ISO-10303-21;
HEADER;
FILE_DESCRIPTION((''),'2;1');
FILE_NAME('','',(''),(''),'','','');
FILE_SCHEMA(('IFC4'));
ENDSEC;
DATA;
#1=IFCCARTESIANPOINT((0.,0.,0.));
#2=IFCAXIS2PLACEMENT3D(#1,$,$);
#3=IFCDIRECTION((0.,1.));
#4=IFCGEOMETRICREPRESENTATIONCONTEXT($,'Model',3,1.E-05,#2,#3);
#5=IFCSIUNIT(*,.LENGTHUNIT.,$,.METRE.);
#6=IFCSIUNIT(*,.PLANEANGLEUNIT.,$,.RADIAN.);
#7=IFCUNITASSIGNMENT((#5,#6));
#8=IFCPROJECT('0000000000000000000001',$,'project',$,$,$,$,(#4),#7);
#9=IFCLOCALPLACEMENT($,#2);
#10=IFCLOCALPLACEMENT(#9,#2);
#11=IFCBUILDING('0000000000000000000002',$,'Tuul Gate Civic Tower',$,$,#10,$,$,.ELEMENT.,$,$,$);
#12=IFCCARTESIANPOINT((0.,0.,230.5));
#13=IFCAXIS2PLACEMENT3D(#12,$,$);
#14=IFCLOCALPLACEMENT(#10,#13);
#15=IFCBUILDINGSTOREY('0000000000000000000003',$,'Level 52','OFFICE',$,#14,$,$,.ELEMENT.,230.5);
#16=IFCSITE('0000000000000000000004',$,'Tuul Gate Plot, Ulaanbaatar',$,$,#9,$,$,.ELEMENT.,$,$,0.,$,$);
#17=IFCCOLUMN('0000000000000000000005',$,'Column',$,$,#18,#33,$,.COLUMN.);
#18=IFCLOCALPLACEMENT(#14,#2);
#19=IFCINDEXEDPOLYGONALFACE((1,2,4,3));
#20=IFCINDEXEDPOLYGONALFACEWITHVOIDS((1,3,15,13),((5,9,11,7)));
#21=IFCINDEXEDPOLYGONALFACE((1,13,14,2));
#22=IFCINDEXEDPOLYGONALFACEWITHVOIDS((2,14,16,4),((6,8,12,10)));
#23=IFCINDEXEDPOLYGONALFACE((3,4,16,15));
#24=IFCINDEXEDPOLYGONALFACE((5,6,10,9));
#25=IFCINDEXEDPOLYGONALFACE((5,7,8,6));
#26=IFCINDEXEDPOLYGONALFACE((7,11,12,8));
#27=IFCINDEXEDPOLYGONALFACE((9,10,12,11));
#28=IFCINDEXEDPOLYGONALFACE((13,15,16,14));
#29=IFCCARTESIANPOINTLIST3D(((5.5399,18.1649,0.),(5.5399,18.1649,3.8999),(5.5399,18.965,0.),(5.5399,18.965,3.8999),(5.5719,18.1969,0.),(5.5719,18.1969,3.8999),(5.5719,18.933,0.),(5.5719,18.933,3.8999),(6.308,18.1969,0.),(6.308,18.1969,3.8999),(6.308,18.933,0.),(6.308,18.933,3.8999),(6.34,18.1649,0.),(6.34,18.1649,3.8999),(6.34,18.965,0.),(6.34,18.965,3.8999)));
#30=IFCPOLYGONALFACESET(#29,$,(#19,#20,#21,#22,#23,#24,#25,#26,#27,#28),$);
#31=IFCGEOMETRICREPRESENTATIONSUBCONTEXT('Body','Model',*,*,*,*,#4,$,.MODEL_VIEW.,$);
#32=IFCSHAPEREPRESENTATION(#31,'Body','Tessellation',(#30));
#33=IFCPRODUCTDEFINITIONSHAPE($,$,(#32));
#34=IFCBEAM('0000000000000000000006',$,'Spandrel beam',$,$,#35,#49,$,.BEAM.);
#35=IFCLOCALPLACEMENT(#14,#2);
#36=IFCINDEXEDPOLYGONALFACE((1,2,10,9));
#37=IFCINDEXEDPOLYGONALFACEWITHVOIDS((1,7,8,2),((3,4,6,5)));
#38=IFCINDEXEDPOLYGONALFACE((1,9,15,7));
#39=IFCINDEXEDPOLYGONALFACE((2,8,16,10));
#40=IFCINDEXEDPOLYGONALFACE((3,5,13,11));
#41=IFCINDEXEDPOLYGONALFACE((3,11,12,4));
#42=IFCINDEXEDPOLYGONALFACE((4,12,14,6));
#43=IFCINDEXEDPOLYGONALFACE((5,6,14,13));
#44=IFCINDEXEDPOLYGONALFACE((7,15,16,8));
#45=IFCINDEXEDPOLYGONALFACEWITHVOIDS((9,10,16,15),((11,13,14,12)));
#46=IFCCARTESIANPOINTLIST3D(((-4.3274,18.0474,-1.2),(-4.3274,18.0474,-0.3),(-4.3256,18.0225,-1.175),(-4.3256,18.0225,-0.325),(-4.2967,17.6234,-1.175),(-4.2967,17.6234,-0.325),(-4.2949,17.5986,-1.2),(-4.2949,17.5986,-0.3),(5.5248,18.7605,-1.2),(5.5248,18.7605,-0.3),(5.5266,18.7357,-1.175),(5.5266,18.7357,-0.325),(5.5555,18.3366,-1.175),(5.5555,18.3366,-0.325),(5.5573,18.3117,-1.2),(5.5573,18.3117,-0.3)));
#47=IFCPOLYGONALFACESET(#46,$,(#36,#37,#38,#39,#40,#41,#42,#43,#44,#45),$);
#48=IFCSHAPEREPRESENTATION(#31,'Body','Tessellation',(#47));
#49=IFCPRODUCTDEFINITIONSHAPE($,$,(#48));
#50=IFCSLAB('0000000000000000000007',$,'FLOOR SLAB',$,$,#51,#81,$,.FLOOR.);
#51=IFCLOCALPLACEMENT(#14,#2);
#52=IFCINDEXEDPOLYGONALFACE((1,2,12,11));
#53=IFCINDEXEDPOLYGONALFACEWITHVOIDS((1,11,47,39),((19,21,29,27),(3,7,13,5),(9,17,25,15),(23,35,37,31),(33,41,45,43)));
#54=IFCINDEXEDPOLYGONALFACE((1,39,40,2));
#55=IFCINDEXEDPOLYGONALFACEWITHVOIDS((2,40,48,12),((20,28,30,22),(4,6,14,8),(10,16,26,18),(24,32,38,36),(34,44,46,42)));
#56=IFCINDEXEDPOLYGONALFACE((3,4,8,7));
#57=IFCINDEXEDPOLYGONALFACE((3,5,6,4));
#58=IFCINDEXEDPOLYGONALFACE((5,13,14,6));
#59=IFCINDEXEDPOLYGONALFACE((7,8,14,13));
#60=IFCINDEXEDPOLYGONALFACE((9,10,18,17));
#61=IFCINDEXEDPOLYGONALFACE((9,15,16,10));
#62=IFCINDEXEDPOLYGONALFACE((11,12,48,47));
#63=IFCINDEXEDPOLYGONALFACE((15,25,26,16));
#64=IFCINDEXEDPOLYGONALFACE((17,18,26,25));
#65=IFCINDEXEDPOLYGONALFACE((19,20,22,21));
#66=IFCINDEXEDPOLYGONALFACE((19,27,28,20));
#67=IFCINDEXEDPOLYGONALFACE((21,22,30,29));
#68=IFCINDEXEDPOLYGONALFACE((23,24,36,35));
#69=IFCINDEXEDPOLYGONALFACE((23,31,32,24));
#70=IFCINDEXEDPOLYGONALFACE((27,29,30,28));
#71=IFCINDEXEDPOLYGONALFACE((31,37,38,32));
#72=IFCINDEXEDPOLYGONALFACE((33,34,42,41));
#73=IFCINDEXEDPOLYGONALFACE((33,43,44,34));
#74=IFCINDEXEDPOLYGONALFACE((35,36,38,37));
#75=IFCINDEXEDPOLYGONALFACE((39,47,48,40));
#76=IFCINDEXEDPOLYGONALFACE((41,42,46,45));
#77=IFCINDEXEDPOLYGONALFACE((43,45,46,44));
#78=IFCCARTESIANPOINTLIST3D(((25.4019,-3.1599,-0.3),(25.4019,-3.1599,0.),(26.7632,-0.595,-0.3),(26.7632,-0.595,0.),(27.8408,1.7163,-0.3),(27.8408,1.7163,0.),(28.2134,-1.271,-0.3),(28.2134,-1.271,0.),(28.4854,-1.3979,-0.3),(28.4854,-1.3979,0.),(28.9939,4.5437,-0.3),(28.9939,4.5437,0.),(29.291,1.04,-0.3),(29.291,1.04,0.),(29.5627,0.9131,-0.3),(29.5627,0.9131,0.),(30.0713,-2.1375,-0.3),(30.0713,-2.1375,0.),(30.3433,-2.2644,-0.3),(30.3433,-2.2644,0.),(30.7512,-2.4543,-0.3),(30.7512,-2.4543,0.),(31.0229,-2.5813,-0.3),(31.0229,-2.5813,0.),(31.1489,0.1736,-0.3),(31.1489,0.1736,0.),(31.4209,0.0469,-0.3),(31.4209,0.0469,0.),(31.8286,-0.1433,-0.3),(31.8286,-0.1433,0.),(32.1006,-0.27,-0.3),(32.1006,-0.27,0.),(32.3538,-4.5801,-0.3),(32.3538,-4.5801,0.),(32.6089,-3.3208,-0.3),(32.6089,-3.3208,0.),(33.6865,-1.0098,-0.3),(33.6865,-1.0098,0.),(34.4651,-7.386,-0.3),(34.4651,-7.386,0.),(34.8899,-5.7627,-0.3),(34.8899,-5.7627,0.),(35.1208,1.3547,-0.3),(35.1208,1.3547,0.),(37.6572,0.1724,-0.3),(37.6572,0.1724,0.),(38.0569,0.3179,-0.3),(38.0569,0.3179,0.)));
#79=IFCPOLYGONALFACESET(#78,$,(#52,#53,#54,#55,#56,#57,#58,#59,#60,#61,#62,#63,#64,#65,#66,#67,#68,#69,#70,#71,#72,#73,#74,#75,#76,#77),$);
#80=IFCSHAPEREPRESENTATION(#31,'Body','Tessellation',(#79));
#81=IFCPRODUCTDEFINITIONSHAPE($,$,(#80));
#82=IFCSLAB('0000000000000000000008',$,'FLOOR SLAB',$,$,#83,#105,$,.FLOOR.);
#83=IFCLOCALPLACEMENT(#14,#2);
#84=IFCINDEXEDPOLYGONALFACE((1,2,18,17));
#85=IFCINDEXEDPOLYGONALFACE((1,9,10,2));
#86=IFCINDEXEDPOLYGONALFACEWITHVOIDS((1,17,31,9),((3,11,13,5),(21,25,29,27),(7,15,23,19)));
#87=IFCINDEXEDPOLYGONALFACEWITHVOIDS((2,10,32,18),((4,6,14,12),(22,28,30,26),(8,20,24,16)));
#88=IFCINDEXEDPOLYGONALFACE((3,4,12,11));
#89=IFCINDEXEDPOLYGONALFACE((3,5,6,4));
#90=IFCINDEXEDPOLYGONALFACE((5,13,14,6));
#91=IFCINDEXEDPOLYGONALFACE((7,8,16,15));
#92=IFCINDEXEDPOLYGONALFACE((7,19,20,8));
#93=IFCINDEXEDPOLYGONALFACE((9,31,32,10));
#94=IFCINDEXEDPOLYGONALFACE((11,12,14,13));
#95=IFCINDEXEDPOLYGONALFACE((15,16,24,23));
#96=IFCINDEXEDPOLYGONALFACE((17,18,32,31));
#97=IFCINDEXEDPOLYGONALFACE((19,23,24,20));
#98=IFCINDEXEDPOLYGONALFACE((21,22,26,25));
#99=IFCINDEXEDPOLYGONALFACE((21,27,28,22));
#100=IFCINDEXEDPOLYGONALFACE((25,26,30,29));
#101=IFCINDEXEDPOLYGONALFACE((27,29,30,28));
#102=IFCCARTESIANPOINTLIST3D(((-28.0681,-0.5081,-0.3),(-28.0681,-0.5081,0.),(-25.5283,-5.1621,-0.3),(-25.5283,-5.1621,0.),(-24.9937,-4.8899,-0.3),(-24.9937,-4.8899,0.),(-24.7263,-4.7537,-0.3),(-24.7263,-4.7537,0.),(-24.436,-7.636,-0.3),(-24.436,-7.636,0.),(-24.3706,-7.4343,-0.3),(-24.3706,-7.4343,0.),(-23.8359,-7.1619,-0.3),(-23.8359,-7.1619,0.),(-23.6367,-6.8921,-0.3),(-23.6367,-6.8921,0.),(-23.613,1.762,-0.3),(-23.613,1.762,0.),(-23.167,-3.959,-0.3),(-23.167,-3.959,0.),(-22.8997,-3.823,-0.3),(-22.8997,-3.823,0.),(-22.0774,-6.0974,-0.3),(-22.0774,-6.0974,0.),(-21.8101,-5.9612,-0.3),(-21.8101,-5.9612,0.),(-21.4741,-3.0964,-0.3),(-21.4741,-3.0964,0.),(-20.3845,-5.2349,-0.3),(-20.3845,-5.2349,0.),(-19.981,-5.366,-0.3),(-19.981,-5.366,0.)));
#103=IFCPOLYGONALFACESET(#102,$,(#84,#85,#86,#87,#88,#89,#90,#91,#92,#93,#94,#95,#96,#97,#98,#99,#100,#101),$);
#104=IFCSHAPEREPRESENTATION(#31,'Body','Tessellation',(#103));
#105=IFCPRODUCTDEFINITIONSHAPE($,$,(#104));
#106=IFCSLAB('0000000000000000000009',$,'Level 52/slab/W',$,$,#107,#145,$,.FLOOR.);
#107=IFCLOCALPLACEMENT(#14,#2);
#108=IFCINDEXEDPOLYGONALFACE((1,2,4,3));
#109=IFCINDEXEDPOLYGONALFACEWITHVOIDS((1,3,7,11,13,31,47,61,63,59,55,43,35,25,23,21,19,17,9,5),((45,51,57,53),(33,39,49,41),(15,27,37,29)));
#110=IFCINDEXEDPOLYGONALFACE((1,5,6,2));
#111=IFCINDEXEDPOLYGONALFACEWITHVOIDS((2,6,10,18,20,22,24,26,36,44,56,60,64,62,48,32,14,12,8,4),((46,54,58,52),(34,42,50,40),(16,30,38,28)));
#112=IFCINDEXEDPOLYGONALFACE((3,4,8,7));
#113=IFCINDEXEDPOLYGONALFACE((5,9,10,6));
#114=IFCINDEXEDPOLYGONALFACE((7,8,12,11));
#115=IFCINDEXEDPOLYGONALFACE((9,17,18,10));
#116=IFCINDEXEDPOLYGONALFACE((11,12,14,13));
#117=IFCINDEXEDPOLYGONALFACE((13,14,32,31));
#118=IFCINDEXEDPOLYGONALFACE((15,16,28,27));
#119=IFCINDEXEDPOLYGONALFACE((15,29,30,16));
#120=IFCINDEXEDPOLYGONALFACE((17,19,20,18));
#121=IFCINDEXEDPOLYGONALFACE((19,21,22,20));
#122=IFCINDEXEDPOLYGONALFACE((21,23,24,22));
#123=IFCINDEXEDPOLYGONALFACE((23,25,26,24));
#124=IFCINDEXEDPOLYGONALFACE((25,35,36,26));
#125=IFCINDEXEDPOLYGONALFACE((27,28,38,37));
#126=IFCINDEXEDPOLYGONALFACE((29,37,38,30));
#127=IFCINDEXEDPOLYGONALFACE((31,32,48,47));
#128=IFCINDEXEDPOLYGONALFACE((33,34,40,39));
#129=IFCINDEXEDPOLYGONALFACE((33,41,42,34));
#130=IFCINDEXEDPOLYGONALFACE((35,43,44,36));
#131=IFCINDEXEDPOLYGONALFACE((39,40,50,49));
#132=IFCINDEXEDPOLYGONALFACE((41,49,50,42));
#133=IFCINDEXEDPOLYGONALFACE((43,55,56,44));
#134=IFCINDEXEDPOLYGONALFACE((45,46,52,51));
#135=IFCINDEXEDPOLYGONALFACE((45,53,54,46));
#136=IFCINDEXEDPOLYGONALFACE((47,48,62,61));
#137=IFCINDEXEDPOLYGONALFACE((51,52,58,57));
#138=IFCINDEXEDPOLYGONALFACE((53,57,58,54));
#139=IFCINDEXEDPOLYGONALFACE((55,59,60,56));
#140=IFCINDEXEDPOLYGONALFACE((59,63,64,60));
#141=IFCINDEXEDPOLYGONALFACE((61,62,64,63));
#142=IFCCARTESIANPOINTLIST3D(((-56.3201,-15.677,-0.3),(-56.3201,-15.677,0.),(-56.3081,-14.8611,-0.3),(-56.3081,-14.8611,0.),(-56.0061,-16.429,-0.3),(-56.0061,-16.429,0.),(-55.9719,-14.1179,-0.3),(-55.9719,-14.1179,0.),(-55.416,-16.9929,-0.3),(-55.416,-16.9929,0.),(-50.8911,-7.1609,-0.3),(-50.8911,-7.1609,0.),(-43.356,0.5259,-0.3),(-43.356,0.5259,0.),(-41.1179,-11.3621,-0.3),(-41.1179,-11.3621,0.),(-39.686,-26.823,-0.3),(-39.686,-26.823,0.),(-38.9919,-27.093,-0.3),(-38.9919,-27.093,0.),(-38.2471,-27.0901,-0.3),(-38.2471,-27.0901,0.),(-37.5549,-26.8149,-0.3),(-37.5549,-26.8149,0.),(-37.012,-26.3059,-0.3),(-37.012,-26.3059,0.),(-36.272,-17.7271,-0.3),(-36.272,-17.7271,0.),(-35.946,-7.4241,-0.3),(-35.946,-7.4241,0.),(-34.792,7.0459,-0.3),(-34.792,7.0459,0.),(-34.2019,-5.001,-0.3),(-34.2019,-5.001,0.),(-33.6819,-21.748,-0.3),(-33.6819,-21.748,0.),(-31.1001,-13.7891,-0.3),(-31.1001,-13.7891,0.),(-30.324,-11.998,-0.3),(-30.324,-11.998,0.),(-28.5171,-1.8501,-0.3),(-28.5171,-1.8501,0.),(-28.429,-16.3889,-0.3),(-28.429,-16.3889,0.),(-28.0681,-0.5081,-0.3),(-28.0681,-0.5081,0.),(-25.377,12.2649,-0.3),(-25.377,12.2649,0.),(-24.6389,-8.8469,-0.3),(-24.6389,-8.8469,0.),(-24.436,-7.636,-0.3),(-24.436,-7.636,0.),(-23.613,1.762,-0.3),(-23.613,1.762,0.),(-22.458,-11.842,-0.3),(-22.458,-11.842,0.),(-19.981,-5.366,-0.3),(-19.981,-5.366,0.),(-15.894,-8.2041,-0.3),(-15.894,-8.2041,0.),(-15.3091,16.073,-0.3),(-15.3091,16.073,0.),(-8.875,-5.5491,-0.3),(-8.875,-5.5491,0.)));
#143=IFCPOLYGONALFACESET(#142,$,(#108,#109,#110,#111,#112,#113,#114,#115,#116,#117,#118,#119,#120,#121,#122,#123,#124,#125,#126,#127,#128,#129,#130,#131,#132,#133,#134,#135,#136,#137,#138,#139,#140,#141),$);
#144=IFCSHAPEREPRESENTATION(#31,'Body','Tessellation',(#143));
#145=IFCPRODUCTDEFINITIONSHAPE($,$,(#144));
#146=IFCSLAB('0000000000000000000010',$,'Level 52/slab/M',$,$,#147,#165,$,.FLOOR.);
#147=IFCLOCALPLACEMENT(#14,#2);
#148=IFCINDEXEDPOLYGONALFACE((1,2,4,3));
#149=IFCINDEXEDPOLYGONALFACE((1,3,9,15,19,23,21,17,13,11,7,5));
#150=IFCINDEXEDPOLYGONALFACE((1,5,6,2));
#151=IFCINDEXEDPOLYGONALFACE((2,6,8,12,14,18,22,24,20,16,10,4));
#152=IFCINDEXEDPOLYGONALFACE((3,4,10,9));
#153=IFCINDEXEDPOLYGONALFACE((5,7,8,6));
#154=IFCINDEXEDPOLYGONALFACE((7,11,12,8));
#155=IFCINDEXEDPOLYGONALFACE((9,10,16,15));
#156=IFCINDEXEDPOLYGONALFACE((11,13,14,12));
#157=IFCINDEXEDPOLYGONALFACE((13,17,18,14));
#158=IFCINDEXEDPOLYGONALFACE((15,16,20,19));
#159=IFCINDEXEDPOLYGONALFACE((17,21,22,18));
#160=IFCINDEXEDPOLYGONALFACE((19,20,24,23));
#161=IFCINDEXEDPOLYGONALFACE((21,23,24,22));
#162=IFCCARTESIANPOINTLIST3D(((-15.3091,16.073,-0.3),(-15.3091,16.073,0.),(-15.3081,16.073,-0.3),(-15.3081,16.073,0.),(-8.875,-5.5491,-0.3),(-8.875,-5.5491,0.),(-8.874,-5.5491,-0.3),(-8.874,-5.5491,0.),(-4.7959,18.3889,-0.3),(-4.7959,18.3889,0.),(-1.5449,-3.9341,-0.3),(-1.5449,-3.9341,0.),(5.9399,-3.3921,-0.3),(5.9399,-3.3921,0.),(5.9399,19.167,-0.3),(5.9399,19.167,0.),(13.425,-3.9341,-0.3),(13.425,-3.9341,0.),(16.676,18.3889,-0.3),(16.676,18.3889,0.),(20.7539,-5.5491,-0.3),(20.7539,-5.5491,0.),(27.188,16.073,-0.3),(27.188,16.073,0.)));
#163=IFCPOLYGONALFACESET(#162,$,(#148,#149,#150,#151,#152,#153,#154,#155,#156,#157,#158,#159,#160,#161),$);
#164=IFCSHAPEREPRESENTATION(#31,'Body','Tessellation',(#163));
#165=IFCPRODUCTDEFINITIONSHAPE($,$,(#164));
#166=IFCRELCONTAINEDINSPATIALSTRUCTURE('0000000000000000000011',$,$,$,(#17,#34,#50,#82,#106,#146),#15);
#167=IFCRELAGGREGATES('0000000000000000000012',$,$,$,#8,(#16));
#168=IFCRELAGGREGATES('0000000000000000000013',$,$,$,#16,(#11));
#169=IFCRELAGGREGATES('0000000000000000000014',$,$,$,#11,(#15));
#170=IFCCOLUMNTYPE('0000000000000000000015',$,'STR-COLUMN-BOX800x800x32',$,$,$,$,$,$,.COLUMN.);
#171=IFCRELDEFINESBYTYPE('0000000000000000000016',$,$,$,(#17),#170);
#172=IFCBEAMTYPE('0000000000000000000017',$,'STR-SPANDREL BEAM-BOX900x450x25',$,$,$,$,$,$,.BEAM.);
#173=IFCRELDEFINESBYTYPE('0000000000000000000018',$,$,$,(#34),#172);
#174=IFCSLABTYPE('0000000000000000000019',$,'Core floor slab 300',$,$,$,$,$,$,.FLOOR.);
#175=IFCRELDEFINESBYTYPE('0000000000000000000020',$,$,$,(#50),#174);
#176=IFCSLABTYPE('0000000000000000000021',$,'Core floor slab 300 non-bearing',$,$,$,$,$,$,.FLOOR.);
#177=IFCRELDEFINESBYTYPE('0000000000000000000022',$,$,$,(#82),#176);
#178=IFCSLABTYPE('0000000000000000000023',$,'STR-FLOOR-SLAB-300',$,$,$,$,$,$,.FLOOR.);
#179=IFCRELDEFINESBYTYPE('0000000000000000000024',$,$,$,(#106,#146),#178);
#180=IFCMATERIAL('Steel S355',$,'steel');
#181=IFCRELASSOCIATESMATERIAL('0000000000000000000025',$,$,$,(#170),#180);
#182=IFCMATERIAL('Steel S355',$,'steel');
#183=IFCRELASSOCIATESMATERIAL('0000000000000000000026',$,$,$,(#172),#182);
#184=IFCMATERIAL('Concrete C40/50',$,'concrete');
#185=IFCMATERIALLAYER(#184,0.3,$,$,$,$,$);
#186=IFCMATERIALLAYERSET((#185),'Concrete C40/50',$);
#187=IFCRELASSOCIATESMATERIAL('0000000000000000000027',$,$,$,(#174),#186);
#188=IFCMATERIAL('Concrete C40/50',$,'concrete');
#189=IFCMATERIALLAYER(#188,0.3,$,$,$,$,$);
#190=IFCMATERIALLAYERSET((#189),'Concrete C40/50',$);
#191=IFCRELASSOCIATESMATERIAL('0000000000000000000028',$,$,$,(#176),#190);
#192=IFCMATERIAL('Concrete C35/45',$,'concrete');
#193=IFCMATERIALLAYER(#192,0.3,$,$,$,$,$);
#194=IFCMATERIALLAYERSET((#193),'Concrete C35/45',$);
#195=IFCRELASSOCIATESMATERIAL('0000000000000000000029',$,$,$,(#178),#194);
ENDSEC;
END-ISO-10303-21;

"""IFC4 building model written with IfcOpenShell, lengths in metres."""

from ifc_helpers import new_model, si_unit, direction, frame, origin, origin_2d, place, context, subcontext, project, spatial, polyline, hollow_rectangle, outline, extrude, material, layer, layer_set, material_profile, profile_set, type_object, element, save


model = new_model("IFC4")

# Units and contexts
model_context = context("Model", 3, precision=1e-05, world=origin(), true_north=direction((0.0, 1.0)))
body_context = subcontext(model_context, "Body", "Model", "MODEL_VIEW")
ifc_project = project(units=[si_unit("LENGTHUNIT", "METRE"), si_unit("PLANEANGLEUNIT", "RADIAN")], contexts=[model_context])

# Site, building, storey
site_placement = place(None, origin())
site = spatial("IfcSite", under=ifc_project, at=site_placement, Name="Tuul Gate Plot, Ulaanbaatar", CompositionType="ELEMENT", RefElevation=0.0)
building_placement = place(site_placement, origin())
building = spatial("IfcBuilding", under=site, at=building_placement, Name="Tuul Gate Civic Tower", CompositionType="ELEMENT")
storey_placement = place(building_placement, frame((0.0, 0.0, 230.5)))
storey = spatial("IfcBuildingStorey", under=building, at=storey_placement, Name="Level 52", Description="OFFICE", CompositionType="ELEMENT", Elevation=230.5)

# Column
ifc_material_1 = material(Name="Steel S355", Category="steel")
ifc_material_profile_1 = material_profile(ifc_material_1, hollow_rectangle(XDim=0.8, YDim=0.8, WallThickness=0.032, at=origin_2d()), Name="BOX800x800x32")
ifc_profile_set_1 = profile_set([ifc_material_profile_1], Name="Steel S355")
column_type = type_object("IfcColumnType", Name="STR-COLUMN-BOX800x800x32", PredefinedType="COLUMN", material=ifc_profile_set_1)
column_placement = place(storey_placement, frame((5.9399, 18.5649, 0.0), z_axis=(0.0, 0.0, 1.0), x_axis=(1.0, 0.0, 0.0)))
element("IfcColumn", 1, at=column_placement, inside=storey, type_object=column_type, Name="Column", PredefinedType="COLUMN", context=body_context, shape_type="SweptSolid", body=[
    extrude(hollow_rectangle(XDim=0.8, YDim=0.8, WallThickness=0.032, at=origin_2d()), origin(), (0.0, 0.0, 1.0), 3.8999),
])

# Beam
ifc_material_2 = material(Name="Steel S355", Category="steel")
ifc_material_profile_2 = material_profile(ifc_material_2, hollow_rectangle(XDim=0.45, YDim=0.8999, WallThickness=0.0249, at=origin_2d()), Name="BOX900x450x25")
ifc_profile_set_2 = profile_set([ifc_material_profile_2], Name="Steel S355")
beam_type = type_object("IfcBeamType", Name="STR-SPANDREL BEAM-BOX900x450x25", PredefinedType="BEAM", material=ifc_profile_set_2)
beam_placement = place(storey_placement, frame((5.541, 18.5361, -0.75), z_axis=(-0.99739, -0.072196, 0.0), x_axis=(0.072196, -0.99739, 0.0)))
element("IfcBeam", 2, at=beam_placement, inside=storey, type_object=beam_type, Name="Spandrel beam", PredefinedType="BEAM", context=body_context, shape_type="SweptSolid", body=[
    extrude(hollow_rectangle(XDim=0.45, YDim=0.8999, WallThickness=0.0249, at=origin_2d()), origin(), (0.0, 0.0, 1.0), 9.8779),
])

# Slabs
ifc_material_3 = material(Name="Concrete C40/50", Category="concrete")
ifc_layer_1 = layer(ifc_material_3, 0.3)
ifc_layer_set_1 = layer_set([ifc_layer_1], Name="Concrete C40/50")
slab_type_1 = type_object("IfcSlabType", Name="Core floor slab 300", PredefinedType="FLOOR", material=ifc_layer_set_1)
slab_1_placement = place(storey_placement, frame((0.0, 0.0, -0.3)))
element("IfcSlab", 3, at=slab_1_placement, inside=storey, type_object=slab_type_1, Name="FLOOR SLAB", PredefinedType="FLOOR", context=body_context, shape_type="SweptSolid", body=[
    extrude(outline(polyline([(34.4651, -7.386), (38.0569, 0.3179), (28.9939, 4.5437), (25.4019, -3.1599), (34.4651, -7.386)]), holes=[polyline([(32.6089, -3.3208), (33.6865, -1.0098), (32.1006, -0.27), (31.0229, -2.5813), (32.6089, -3.3208)]), polyline([(30.0713, -2.1375), (31.1489, 0.1736), (29.5627, 0.9131), (28.4854, -1.3979), (30.0713, -2.1375)]), polyline([(30.7512, -2.4543), (31.8286, -0.1433), (31.4209, 0.0469), (30.3433, -2.2644), (30.7512, -2.4543)]), polyline([(28.2134, -1.271), (29.291, 1.04), (27.8408, 1.7163), (26.7632, -0.595), (28.2134, -1.271)]), polyline([(34.8899, -5.7627), (32.3538, -4.5801), (35.1208, 1.3547), (37.6572, 0.1724), (34.8899, -5.7627)])]), origin(), (0.0, 0.0, 1.0), 0.3),
])
ifc_material_4 = material(Name="Concrete C40/50", Category="concrete")
ifc_layer_2 = layer(ifc_material_4, 0.3)
ifc_layer_set_2 = layer_set([ifc_layer_2], Name="Concrete C40/50")
slab_type_2 = type_object("IfcSlabType", Name="Core floor slab 300 non-bearing", PredefinedType="FLOOR", material=ifc_layer_set_2)
slab_2_placement = place(storey_placement, frame((0.0, 0.0, -0.3)))
element("IfcSlab", 4, at=slab_2_placement, inside=storey, type_object=slab_type_2, Name="FLOOR SLAB", PredefinedType="FLOOR", context=body_context, shape_type="SweptSolid", body=[
    extrude(outline(polyline([(-19.981, -5.366), (-23.613, 1.762), (-28.0681, -0.5081), (-24.436, -7.636), (-19.981, -5.366)]), holes=[polyline([(-20.3845, -5.2349), (-21.4741, -3.0964), (-22.8997, -3.823), (-21.8101, -5.9612), (-20.3845, -5.2349)]), polyline([(-22.0774, -6.0974), (-23.167, -3.959), (-24.7263, -4.7537), (-23.6367, -6.8921), (-22.0774, -6.0974)]), polyline([(-23.8359, -7.1619), (-24.9937, -4.8899), (-25.5283, -5.1621), (-24.3706, -7.4343), (-23.8359, -7.1619)])]), origin(), (0.0, 0.0, 1.0), 0.3),
])
ifc_material_5 = material(Name="Concrete C35/45", Category="concrete")
ifc_layer_3 = layer(ifc_material_5, 0.3)
ifc_layer_set_3 = layer_set([ifc_layer_3], Name="Concrete C35/45")
slab_type_3 = type_object("IfcSlabType", Name="STR-FLOOR-SLAB-300", PredefinedType="FLOOR", material=ifc_layer_set_3)
slab_3_placement = place(storey_placement, frame((0.0, 0.0, -0.3)))
element("IfcSlab", 5, at=slab_3_placement, inside=storey, type_object=slab_type_3, Name="Level 52/slab/W", PredefinedType="FLOOR", context=body_context, shape_type="SweptSolid", body=[
    extrude(outline(polyline([(-15.894, -8.2041), (-8.875, -5.5491), (-15.3091, 16.073), (-25.377, 12.2649), (-34.792, 7.0459), (-43.356, 0.5259), (-50.8911, -7.1609), (-55.9719, -14.1179), (-56.3081, -14.8611), (-56.3201, -15.677), (-56.0061, -16.429), (-55.416, -16.9929), (-39.686, -26.823), (-38.9919, -27.093), (-38.2471, -27.0901), (-37.5549, -26.8149), (-37.012, -26.3059), (-33.6819, -21.748), (-28.429, -16.3889), (-22.458, -11.842), (-15.894, -8.2041)]), holes=[polyline([(-31.1001, -13.7891), (-36.272, -17.7271), (-41.1179, -11.3621), (-35.946, -7.4241), (-31.1001, -13.7891)]), polyline([(-24.6389, -8.8469), (-30.324, -11.998), (-34.2019, -5.001), (-28.5171, -1.8501), (-24.6389, -8.8469)]), polyline([(-24.436, -7.636), (-28.0681, -0.5081), (-23.613, 1.762), (-19.981, -5.366), (-24.436, -7.636)])]), origin(), (0.0, 0.0, 1.0), 0.3),
])
slab_4_placement = place(storey_placement, frame((0.0, 0.0, -0.3)))
element("IfcSlab", 6, at=slab_4_placement, inside=storey, type_object=slab_type_3, Name="Level 52/slab/M", PredefinedType="FLOOR", context=body_context, shape_type="SweptSolid", body=[
    extrude(outline(polyline([(13.425, -3.9341), (20.7539, -5.5491), (27.188, 16.073), (16.676, 18.3889), (5.9399, 19.167), (-4.7959, 18.3889), (-15.3081, 16.073), (-15.3091, 16.073), (-8.875, -5.5491), (-8.874, -5.5491), (-1.5449, -3.9341), (5.9399, -3.3921), (13.425, -3.9341)])), origin(), (0.0, 0.0, 1.0), 0.3),
])

save(model, "model.ifc")
